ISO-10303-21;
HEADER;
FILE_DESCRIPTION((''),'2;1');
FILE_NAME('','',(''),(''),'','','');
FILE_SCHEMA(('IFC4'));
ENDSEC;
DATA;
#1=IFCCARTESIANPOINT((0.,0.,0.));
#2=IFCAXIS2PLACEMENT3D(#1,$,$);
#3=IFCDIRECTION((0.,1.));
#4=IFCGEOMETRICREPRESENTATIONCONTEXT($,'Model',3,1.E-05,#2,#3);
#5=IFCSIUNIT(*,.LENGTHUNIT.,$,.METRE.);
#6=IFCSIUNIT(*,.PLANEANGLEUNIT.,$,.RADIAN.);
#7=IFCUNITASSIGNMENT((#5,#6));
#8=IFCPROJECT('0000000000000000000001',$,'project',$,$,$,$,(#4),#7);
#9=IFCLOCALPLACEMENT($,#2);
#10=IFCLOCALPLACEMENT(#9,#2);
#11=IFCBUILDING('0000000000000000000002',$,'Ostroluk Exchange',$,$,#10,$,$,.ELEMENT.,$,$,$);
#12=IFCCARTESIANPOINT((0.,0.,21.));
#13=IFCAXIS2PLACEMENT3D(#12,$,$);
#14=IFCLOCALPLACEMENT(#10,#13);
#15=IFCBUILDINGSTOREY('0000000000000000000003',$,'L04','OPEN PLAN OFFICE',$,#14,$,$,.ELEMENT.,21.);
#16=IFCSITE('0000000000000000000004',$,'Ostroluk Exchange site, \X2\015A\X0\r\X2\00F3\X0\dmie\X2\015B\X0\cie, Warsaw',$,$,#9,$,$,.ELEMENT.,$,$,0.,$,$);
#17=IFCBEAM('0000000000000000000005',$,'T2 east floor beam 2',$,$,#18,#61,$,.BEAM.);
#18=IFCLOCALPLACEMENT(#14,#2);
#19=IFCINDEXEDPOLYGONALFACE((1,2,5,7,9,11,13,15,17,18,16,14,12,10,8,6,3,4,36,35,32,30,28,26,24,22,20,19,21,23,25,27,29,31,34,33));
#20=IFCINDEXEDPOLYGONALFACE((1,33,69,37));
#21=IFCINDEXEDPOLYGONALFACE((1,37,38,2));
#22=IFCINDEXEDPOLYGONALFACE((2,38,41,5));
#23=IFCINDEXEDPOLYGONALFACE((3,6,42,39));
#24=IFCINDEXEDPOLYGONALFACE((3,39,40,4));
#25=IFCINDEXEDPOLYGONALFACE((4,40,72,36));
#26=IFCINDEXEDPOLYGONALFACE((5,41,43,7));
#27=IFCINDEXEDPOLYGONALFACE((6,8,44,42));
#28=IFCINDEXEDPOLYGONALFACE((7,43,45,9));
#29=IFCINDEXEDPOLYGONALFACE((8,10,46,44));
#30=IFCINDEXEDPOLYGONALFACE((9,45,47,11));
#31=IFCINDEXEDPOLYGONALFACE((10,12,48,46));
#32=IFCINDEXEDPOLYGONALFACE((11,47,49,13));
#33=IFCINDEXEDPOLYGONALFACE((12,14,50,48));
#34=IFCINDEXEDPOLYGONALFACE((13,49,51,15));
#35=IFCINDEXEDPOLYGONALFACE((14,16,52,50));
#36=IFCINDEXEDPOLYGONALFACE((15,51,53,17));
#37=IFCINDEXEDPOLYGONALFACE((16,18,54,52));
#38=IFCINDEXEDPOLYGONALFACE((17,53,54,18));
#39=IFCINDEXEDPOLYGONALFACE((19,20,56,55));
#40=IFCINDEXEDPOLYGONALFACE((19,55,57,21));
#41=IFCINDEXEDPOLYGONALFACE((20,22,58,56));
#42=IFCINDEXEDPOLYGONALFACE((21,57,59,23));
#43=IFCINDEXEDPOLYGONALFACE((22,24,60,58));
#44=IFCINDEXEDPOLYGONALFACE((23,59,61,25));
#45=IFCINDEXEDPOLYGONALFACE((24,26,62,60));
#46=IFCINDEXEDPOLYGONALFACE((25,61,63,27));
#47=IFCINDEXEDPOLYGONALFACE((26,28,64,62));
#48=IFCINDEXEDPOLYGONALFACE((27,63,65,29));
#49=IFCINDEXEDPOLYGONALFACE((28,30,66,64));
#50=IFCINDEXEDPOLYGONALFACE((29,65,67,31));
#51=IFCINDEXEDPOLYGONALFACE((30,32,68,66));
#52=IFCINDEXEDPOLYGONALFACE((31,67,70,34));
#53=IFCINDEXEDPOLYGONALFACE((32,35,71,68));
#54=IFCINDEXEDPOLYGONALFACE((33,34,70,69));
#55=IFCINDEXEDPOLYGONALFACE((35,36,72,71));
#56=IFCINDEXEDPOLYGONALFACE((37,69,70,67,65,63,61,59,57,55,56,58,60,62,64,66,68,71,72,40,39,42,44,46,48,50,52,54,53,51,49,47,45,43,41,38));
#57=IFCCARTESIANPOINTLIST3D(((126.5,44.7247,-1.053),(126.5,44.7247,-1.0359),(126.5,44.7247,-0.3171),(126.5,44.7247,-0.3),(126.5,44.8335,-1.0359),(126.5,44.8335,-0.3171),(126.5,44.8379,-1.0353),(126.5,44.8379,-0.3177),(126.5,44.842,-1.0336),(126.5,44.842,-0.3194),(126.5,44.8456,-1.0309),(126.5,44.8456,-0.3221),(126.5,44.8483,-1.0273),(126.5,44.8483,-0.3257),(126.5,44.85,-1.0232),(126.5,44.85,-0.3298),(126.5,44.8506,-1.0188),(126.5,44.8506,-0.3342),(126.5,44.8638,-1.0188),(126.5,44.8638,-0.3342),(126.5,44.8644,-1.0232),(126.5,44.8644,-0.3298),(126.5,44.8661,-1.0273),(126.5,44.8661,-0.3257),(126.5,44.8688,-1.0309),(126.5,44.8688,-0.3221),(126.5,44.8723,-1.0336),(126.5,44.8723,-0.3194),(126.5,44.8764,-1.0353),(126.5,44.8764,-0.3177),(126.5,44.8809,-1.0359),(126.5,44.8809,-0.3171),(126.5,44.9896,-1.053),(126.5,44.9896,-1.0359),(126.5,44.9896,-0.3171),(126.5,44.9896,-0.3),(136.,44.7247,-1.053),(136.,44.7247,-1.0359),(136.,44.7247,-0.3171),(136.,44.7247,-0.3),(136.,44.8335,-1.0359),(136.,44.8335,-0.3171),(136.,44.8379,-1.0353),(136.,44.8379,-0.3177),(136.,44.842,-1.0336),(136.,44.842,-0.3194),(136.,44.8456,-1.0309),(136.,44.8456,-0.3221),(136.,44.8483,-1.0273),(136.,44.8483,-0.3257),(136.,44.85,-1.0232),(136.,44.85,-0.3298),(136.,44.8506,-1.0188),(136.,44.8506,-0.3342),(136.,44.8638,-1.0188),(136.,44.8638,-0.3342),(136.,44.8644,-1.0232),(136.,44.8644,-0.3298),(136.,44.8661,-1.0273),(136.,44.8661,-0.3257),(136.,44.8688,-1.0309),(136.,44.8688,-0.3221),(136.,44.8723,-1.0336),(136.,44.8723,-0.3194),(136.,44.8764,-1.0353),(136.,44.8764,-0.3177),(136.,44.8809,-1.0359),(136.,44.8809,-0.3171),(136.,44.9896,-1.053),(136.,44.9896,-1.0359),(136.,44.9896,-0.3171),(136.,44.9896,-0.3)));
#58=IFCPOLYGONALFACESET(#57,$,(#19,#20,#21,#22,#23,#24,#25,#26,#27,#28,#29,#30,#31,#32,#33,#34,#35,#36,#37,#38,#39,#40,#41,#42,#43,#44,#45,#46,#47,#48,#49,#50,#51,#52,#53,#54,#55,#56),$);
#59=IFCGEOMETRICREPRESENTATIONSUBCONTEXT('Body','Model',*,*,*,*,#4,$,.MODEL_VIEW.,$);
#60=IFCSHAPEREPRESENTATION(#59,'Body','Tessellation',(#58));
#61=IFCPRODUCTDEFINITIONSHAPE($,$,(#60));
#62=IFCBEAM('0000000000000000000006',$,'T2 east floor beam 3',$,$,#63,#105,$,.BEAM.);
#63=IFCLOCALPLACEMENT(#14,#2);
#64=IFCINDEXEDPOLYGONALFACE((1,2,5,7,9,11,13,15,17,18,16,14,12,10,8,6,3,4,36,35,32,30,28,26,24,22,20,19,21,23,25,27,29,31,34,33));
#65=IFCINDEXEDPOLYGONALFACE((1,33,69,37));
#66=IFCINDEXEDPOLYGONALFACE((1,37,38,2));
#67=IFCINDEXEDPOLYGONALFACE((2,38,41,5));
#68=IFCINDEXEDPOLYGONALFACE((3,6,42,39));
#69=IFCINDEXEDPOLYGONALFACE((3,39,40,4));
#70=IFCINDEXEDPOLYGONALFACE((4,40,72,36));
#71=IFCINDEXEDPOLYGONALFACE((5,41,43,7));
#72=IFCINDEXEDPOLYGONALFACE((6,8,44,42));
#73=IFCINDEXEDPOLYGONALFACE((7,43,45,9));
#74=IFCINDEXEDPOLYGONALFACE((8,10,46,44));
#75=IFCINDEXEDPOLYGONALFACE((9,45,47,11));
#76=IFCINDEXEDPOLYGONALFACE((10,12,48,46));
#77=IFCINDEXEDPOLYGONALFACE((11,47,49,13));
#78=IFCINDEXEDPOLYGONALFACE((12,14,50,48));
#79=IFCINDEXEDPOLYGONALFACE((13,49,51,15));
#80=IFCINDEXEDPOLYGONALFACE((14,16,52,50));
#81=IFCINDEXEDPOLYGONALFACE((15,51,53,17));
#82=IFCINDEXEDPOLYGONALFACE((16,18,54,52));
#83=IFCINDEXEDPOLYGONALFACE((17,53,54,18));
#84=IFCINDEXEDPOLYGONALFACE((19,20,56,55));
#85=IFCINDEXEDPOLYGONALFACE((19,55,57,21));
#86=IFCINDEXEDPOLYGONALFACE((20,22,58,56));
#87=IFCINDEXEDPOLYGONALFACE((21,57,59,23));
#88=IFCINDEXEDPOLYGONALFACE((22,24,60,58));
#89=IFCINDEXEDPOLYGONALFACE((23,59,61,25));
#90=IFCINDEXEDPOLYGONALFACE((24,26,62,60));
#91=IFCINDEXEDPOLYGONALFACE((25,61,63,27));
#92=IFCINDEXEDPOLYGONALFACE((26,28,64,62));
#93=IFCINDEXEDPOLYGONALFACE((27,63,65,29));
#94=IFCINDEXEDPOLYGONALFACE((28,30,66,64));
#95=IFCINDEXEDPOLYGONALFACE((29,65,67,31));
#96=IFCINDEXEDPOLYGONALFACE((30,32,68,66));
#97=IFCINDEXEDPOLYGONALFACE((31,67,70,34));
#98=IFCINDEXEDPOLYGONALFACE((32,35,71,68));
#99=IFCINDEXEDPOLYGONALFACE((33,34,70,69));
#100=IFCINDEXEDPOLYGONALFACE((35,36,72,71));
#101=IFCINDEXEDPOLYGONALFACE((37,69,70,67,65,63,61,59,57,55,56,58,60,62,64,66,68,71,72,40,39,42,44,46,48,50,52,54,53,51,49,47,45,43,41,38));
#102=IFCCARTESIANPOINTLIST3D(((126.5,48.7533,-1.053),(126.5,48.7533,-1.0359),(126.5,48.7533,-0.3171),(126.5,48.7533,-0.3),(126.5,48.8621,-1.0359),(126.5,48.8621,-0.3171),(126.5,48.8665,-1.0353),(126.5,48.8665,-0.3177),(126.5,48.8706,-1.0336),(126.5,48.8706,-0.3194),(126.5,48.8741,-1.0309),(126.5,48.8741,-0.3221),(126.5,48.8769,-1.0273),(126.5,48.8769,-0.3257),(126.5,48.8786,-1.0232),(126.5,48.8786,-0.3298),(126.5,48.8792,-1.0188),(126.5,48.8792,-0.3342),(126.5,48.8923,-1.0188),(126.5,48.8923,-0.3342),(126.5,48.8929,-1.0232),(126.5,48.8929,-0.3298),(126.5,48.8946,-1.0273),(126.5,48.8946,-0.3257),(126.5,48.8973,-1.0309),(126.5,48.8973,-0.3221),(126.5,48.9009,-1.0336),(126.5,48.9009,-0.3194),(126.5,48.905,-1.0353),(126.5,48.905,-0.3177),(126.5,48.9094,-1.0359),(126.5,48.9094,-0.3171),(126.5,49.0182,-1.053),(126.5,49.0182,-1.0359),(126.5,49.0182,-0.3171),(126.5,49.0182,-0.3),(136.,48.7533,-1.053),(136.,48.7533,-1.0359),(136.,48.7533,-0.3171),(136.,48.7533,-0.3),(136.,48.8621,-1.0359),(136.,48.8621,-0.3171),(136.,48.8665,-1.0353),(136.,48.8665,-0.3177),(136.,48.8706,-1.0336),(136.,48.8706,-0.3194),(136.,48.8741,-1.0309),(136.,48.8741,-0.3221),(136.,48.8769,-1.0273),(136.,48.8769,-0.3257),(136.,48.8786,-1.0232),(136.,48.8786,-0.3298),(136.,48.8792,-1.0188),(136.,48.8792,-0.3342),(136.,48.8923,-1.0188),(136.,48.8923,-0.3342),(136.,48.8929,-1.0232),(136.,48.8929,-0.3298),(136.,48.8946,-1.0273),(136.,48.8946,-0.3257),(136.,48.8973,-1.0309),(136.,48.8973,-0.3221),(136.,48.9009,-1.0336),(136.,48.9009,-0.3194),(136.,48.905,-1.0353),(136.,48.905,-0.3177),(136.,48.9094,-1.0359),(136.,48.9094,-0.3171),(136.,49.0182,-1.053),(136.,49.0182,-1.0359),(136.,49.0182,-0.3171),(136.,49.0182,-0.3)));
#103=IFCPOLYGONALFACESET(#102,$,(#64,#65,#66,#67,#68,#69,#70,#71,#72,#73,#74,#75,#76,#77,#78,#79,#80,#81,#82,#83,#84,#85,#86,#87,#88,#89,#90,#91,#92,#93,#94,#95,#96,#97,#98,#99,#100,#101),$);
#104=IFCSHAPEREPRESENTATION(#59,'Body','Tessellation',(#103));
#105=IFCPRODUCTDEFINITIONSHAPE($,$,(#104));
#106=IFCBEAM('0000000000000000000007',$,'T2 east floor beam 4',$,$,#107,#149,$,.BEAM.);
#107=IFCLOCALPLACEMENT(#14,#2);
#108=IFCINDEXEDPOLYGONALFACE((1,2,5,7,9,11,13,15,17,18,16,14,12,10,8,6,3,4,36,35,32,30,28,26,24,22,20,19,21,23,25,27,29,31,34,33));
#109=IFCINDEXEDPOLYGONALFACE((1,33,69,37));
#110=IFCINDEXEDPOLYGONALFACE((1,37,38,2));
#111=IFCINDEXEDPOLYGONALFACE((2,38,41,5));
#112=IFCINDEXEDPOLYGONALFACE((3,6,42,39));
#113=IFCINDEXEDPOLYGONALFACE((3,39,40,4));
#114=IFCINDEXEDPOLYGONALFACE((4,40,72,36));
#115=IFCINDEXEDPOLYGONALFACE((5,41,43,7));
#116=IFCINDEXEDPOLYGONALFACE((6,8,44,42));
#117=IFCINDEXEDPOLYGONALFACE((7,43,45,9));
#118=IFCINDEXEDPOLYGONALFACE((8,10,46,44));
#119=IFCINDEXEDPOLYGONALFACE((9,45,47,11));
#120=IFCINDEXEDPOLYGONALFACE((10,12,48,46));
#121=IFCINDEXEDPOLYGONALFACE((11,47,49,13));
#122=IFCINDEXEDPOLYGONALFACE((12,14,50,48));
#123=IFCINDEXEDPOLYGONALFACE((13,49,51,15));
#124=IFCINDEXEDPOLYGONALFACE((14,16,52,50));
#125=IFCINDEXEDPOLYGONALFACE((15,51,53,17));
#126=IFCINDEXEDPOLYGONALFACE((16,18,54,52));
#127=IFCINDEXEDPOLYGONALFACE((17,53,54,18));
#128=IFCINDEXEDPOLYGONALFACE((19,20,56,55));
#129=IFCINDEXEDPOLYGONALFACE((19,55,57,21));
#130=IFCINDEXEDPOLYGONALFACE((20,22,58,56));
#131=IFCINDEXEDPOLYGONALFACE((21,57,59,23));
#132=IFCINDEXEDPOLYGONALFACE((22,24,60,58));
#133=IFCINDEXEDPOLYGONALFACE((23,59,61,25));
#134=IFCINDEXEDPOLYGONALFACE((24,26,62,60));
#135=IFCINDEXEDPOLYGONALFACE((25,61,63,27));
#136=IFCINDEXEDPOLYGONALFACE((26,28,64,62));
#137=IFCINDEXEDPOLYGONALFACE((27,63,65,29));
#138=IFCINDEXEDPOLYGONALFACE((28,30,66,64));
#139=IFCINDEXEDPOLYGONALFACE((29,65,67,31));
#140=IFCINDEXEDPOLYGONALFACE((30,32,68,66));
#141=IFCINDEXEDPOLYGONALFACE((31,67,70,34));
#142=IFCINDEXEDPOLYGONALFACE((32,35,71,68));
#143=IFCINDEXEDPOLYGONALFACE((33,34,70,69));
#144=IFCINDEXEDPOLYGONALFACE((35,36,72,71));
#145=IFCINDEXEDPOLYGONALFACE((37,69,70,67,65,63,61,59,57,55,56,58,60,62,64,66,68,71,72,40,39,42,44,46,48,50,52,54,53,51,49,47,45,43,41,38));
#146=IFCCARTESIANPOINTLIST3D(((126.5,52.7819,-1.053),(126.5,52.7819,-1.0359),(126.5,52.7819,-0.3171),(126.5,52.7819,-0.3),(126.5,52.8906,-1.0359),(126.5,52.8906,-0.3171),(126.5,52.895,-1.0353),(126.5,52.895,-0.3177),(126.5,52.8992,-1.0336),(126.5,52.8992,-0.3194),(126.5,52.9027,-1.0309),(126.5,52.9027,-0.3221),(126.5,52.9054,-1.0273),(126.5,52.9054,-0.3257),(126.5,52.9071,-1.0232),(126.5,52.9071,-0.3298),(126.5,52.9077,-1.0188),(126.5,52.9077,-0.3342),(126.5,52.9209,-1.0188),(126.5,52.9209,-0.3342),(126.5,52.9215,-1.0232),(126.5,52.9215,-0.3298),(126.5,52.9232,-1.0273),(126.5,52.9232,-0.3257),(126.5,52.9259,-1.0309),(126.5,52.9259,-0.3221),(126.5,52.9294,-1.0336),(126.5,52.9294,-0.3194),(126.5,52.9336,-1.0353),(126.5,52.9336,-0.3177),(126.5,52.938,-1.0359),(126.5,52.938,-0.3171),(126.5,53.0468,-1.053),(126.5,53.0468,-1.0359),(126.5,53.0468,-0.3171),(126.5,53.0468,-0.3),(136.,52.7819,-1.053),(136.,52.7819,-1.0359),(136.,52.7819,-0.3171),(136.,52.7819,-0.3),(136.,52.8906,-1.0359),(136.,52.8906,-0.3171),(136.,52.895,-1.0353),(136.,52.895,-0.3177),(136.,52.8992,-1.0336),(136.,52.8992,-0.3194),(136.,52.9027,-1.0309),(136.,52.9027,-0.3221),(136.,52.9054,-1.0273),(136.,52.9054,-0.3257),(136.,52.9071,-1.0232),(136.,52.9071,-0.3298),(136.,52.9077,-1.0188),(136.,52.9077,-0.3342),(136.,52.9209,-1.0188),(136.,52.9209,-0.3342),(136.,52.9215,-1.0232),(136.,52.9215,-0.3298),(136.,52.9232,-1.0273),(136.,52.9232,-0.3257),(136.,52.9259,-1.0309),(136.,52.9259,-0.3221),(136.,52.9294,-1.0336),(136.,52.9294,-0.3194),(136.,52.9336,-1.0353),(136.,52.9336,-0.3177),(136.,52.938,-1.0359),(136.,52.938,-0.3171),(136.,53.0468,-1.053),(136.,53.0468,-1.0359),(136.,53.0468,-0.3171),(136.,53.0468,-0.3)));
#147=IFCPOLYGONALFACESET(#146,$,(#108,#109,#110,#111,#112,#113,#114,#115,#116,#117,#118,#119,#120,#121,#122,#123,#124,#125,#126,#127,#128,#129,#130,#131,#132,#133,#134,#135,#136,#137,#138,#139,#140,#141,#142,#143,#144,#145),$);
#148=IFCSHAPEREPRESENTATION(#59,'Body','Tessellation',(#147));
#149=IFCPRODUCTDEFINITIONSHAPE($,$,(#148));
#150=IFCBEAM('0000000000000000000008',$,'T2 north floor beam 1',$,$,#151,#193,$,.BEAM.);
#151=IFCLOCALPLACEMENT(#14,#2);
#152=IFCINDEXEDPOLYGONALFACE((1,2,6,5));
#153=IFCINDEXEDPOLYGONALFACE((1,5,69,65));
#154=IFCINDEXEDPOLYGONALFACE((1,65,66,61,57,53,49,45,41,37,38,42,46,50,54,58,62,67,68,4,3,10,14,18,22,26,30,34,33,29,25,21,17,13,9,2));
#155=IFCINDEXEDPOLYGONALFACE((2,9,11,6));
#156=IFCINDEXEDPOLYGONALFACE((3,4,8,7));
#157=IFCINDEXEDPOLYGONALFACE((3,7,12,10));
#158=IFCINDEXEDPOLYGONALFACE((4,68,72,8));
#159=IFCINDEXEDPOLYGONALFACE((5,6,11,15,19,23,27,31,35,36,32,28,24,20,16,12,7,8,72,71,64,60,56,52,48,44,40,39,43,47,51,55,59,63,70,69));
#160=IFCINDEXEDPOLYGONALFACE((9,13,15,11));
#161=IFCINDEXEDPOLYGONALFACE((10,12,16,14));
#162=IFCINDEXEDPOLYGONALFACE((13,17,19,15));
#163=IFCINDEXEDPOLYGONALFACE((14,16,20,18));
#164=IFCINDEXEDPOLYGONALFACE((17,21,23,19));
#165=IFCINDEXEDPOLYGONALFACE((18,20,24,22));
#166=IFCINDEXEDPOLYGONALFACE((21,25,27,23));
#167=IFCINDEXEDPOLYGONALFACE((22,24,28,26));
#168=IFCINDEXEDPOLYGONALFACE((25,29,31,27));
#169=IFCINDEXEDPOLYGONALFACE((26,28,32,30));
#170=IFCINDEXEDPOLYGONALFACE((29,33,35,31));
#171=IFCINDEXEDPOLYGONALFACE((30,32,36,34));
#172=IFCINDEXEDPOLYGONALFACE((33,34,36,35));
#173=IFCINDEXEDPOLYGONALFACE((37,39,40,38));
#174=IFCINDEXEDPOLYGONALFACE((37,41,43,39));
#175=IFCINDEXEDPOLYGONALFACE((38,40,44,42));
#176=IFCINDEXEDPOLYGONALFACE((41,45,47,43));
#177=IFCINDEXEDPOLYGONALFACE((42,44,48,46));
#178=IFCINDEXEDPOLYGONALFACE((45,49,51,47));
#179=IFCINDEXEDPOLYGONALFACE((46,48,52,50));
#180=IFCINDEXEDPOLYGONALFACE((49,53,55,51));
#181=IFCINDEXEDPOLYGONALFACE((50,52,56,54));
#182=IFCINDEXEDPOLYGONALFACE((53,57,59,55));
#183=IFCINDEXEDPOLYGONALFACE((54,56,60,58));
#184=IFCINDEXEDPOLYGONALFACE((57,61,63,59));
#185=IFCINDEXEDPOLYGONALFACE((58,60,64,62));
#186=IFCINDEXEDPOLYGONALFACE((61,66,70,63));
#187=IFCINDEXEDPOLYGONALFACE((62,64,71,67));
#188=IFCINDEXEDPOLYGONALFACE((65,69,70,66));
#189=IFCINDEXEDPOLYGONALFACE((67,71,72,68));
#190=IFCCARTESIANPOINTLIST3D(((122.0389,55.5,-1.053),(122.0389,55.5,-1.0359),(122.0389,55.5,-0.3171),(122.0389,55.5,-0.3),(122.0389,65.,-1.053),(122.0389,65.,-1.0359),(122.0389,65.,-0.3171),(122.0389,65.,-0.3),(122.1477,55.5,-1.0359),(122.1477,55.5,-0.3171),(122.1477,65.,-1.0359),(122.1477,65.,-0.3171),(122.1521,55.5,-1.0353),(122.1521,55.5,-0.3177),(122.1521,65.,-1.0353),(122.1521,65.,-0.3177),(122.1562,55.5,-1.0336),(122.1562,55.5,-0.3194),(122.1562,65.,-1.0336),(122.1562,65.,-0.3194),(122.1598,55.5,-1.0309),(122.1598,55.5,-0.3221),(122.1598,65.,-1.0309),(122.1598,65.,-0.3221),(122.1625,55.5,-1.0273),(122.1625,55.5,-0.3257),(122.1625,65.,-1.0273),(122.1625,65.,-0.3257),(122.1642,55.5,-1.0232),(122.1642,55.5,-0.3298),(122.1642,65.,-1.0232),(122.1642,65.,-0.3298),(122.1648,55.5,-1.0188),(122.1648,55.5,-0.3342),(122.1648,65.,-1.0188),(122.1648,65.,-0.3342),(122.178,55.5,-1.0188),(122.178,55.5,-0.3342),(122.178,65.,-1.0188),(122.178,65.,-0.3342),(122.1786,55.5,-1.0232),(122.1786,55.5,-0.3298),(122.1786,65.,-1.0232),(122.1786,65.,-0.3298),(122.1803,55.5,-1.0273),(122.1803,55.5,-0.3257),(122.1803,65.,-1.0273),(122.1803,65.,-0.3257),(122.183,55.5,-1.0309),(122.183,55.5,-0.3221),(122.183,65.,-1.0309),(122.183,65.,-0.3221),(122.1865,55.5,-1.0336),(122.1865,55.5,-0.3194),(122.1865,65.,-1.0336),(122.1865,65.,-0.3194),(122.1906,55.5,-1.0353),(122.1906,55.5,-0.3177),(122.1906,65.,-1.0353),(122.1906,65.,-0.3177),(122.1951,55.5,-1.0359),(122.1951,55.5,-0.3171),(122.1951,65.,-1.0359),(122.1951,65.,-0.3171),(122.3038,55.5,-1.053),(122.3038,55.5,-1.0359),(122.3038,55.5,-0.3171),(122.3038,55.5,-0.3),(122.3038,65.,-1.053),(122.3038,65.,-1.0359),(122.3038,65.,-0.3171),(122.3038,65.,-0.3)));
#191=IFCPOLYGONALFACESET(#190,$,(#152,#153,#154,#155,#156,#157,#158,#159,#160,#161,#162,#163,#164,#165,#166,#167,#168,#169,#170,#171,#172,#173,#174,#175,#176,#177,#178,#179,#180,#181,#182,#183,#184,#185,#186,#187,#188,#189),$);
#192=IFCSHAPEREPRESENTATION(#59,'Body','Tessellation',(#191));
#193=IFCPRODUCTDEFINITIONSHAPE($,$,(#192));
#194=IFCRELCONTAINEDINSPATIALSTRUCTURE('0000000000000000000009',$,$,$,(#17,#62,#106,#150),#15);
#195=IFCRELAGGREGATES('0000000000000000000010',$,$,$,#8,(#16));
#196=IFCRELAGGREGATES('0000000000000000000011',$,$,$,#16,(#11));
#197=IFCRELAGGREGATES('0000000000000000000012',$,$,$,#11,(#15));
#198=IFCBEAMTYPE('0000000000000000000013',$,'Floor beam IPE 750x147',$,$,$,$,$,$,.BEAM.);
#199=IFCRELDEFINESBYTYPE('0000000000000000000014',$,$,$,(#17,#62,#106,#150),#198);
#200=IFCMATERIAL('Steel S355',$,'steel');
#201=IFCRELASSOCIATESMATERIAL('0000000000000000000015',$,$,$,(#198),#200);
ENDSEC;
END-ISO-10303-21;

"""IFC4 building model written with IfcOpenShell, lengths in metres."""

from ifc_helpers import new_model, si_unit, direction, frame, origin, origin_2d, place, context, subcontext, project, spatial, i_section, extrude, material, material_profile, profile_set, type_object, element, save


model = new_model("IFC4")

# Units and contexts
model_context = context("Model", 3, precision=1e-05, world=origin(), true_north=direction((0.0, 1.0)))
body_context = subcontext(model_context, "Body", "Model", "MODEL_VIEW")
ifc_project = project(units=[si_unit("LENGTHUNIT", "METRE"), si_unit("PLANEANGLEUNIT", "RADIAN")], contexts=[model_context])

# Site, building, storey
site_placement = place(None, origin())
site = spatial("IfcSite", under=ifc_project, at=site_placement, Name="Ostroluk Exchange site, Śródmieście, Warsaw", CompositionType="ELEMENT", RefElevation=0.0)
building_placement = place(site_placement, origin())
building = spatial("IfcBuilding", under=site, at=building_placement, Name="Ostroluk Exchange", CompositionType="ELEMENT")
storey_placement = place(building_placement, frame((0.0, 0.0, 21.0)))
storey = spatial("IfcBuildingStorey", under=building, at=storey_placement, Name="L04", Description="OPEN PLAN OFFICE", CompositionType="ELEMENT", Elevation=21.0)

# Beams
ifc_material_1 = material(Name="Steel S355", Category="steel")
ifc_material_profile_1 = material_profile(ifc_material_1, i_section(OverallWidth=0.2649, OverallDepth=0.7529, WebThickness=0.0132, FlangeThickness=0.0171, FilletRadius=0.0171, at=origin_2d()), Name="IPE 750x147")
ifc_profile_set_1 = profile_set([ifc_material_profile_1], Name="Steel S355")
beam_type_1 = type_object("IfcBeamType", Name="Floor beam IPE 750x147", PredefinedType="BEAM", material=ifc_profile_set_1)
for number, where, z_axis, x_axis, name in (
    (1, (126.5, 44.8572, -0.6765), (1.0, 0.0, 0.0), (0.0, 1.0, 0.0), "T2 east floor beam 2"),
    (2, (126.5, 48.8857, -0.6765), (1.0, 0.0, 0.0), (0.0, 1.0, 0.0), "T2 east floor beam 3"),
    (3, (126.5, 52.9143, -0.6765), (1.0, 0.0, 0.0), (0.0, 1.0, 0.0), "T2 east floor beam 4"),
    (4, (122.1714, 55.5, -0.6765), (0.0, 1.0, 0.0), (-1.0, 0.0, 0.0), "T2 north floor beam 1"),
):
    element("IfcBeam", number, at=place(storey_placement, frame(where, z_axis=z_axis, x_axis=x_axis)), inside=storey, type_object=beam_type_1, Name=name, PredefinedType="BEAM", context=body_context, shape_type="SweptSolid", body=[
        extrude(i_section(OverallWidth=0.2649, OverallDepth=0.7529, WebThickness=0.0132, FlangeThickness=0.0171, FilletRadius=0.0171, at=origin_2d()), origin(), (0.0, 0.0, 1.0), 9.5),
    ])

save(model, "model.ifc")
